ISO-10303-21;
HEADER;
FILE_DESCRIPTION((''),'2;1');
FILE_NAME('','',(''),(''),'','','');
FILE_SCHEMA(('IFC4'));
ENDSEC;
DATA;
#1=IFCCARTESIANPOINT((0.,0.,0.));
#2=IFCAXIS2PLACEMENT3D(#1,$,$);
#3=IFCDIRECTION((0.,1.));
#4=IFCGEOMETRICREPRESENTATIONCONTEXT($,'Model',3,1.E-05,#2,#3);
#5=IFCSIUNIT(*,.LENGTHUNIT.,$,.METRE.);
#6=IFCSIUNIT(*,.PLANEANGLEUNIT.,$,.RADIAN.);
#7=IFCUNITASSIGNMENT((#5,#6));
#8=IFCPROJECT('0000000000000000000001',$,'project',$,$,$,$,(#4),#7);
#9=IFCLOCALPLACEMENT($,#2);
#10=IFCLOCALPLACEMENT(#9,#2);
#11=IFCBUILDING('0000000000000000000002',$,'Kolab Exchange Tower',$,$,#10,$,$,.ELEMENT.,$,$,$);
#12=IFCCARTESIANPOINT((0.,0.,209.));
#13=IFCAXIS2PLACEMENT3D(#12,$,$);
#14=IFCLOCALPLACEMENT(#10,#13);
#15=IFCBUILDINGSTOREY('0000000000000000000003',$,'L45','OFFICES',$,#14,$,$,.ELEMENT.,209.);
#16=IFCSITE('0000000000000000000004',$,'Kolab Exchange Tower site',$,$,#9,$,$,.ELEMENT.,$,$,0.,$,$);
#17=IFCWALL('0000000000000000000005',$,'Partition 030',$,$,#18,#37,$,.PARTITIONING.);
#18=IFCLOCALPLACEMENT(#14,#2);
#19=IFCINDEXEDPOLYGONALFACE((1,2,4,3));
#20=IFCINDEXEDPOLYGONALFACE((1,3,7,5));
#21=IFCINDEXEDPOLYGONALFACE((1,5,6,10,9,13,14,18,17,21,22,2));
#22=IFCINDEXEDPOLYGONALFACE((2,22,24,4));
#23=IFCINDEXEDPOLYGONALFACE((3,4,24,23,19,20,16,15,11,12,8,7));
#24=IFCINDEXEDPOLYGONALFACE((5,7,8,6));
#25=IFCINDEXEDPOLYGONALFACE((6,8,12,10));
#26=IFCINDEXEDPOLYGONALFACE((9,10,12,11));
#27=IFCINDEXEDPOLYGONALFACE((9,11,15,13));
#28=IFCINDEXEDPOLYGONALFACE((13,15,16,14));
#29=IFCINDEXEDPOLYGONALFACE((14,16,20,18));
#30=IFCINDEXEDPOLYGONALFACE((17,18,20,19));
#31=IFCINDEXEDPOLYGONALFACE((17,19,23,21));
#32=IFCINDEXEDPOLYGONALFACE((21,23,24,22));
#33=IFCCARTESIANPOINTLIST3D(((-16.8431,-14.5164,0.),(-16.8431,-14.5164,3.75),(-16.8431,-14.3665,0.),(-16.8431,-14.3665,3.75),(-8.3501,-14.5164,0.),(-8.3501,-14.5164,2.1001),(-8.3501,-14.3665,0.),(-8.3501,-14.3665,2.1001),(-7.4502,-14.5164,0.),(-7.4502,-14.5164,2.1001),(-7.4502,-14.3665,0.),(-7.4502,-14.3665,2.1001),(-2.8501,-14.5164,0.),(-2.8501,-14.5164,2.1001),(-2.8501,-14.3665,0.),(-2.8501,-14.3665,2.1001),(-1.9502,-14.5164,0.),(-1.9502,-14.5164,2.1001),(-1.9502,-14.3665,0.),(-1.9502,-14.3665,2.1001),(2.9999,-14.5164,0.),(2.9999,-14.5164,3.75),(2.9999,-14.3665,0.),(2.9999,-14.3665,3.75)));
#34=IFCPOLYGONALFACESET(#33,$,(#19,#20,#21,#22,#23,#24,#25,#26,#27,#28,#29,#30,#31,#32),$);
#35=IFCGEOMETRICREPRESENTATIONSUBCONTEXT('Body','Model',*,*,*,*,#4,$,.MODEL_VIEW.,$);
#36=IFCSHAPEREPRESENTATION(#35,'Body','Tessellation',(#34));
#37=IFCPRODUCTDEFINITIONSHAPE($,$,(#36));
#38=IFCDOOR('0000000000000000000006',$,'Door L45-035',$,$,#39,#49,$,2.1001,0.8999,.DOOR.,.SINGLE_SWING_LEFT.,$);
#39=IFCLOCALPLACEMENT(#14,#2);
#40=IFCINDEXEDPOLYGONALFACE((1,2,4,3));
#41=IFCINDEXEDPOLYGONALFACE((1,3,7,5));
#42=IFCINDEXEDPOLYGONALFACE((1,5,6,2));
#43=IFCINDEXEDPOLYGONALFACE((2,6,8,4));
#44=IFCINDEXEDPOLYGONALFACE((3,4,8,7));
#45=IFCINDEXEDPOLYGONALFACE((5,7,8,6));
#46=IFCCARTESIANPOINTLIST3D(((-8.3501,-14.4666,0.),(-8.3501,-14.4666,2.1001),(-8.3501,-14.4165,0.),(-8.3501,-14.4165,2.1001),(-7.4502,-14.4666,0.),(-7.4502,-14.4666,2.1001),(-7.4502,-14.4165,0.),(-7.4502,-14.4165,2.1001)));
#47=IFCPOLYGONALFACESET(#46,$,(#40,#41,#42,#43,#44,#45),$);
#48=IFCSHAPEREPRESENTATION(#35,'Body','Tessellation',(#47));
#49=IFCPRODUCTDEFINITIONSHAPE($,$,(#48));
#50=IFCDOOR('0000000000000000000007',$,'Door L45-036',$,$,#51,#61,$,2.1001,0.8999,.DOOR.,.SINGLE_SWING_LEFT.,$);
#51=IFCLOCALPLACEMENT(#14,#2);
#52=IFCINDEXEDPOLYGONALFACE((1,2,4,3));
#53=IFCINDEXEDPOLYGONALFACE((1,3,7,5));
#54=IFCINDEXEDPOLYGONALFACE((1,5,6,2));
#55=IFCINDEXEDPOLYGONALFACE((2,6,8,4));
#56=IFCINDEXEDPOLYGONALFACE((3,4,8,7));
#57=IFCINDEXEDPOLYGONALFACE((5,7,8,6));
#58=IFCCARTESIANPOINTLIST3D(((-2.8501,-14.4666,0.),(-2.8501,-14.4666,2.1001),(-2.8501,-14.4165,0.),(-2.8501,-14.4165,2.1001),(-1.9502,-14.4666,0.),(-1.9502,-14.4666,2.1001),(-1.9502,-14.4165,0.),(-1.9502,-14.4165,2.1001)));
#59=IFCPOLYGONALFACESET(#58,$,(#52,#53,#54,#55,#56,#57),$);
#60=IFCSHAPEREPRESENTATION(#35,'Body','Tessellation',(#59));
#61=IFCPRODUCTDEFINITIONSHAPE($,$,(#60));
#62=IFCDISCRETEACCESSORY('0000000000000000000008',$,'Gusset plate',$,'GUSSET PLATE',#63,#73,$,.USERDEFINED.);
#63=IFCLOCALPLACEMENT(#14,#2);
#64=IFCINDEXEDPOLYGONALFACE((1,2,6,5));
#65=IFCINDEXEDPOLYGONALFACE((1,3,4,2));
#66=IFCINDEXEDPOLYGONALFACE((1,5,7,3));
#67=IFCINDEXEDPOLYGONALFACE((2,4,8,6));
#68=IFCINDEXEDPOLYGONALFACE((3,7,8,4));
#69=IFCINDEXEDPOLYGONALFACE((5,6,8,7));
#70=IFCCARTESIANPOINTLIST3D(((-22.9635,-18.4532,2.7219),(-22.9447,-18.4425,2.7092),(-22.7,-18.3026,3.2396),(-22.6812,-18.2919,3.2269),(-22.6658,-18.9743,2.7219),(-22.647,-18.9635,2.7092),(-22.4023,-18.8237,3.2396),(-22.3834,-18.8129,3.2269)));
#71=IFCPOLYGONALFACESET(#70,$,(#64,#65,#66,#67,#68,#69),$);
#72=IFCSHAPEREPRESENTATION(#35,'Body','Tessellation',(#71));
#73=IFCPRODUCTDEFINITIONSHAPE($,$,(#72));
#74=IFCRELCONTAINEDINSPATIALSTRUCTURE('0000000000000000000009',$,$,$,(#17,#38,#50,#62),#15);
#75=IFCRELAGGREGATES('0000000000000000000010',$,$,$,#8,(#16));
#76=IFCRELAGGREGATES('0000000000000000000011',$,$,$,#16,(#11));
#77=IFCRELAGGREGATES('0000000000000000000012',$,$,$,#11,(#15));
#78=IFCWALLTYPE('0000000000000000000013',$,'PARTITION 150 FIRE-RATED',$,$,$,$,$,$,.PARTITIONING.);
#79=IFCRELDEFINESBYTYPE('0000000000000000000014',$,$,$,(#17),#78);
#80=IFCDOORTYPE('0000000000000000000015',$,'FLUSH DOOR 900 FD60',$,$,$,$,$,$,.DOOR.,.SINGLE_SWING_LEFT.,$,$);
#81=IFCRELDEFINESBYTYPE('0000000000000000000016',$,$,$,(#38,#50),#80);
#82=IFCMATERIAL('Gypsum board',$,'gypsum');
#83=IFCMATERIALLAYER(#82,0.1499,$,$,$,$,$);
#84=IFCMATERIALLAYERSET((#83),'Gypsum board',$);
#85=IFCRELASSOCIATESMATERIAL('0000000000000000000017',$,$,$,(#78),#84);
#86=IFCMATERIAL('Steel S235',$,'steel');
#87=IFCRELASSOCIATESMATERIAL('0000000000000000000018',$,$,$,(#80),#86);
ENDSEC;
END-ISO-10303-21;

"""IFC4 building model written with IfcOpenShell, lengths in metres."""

from ifc_helpers import new_model, si_unit, direction, frame, frame_2d, origin, origin_2d, place, context, subcontext, project, spatial, rectangle, extrude, material, layer, layer_set, type_object, element, fill, save


model = new_model("IFC4")

# Units and contexts
model_context = context("Model", 3, precision=1e-05, world=origin(), true_north=direction((0.0, 1.0)))
body_context = subcontext(model_context, "Body", "Model", "MODEL_VIEW")
ifc_project = project(units=[si_unit("LENGTHUNIT", "METRE"), si_unit("PLANEANGLEUNIT", "RADIAN")], contexts=[model_context])

# Site, building, storey
site_placement = place(None, origin())
site = spatial("IfcSite", under=ifc_project, at=site_placement, Name="Kolab Exchange Tower site", CompositionType="ELEMENT", RefElevation=0.0)
building_placement = place(site_placement, origin())
building = spatial("IfcBuilding", under=site, at=building_placement, Name="Kolab Exchange Tower", CompositionType="ELEMENT")
storey_placement = place(building_placement, frame((0.0, 0.0, 209.0)))
storey = spatial("IfcBuildingStorey", under=building, at=storey_placement, Name="L45", Description="OFFICES", CompositionType="ELEMENT", Elevation=209.0)

# Wall, openings, doors
ifc_material_1 = material(Name="Gypsum board", Category="gypsum")
ifc_layer_1 = layer(ifc_material_1, 0.1499)
ifc_layer_set_1 = layer_set([ifc_layer_1], Name="Gypsum board")
wall_type_1 = type_object("IfcWallType", Name="PARTITION 150 FIRE-RATED", PredefinedType="PARTITIONING", material=ifc_layer_set_1)
ifc_material_2 = material(Name="Steel S235", Category="steel")
wall_1_placement = place(storey_placement, frame((-16.843, -14.4414, 0.0), z_axis=(0.0, 0.0, 1.0), x_axis=(1.0, 0.0, 0.0)))
wall_1 = element("IfcWall", 1, at=wall_1_placement, inside=storey, type_object=wall_type_1, Name="Partition 030", PredefinedType="PARTITIONING", context=body_context, shape_type="SweptSolid", body=[
    extrude(rectangle(XDim=19.843, YDim=0.1499, at=frame_2d((9.9214, 0.0))), origin(), (0.0, 0.0, 1.0), 3.75),
])
opening_1_placement = place(wall_1_placement, frame((8.4929, 0.0, 0.0)))
opening_1 = element("IfcOpeningElement", 2, at=opening_1_placement, cuts=wall_1, PredefinedType="OPENING", context=body_context, shape_type="SweptSolid", body=[
    extrude(rectangle(XDim=0.8999, YDim=2.1001, at=frame_2d((0.45, 1.05))), frame((0.0, 0.085, 0.0), z_axis=(0.0, -1.0, 0.0), x_axis=(1.0, 0.0, 0.0)), (0.0, 0.0, 1.0), 0.1699),
])
opening_2_placement = place(wall_1_placement, frame((13.9929, 0.0, 0.0)))
opening_2 = element("IfcOpeningElement", 3, at=opening_2_placement, cuts=wall_1, PredefinedType="OPENING", context=body_context, shape_type="SweptSolid", body=[
    extrude(rectangle(XDim=0.8999, YDim=2.1001, at=frame_2d((0.45, 1.05))), frame((0.0, 0.085, 0.0), z_axis=(0.0, -1.0, 0.0), x_axis=(1.0, 0.0, 0.0)), (0.0, 0.0, 1.0), 0.1699),
])
door_type_1 = type_object("IfcDoorType", Name="FLUSH DOOR 900 FD60", OperationType="SINGLE_SWING_LEFT", PredefinedType="DOOR", material=ifc_material_2)
door_1_placement = place(opening_1_placement, origin())
door_1 = element("IfcDoor", 4, at=door_1_placement, inside=storey, type_object=door_type_1, Name="Door L45-035", OperationType="SINGLE_SWING_LEFT", OverallHeight=2.1001, OverallWidth=0.8999, PredefinedType="DOOR", context=body_context, shape_type="SweptSolid", body=[
    extrude(rectangle(XDim=0.8999, YDim=2.1001, at=frame_2d((0.45, 1.05))), frame((0.0, 0.0249, 0.0), z_axis=(0.0, -1.0, 0.0), x_axis=(1.0, 0.0, 0.0)), (0.0, 0.0, 1.0), 0.05),
])
fill(opening_1, door_1)
door_2_placement = place(opening_2_placement, origin())
door_2 = element("IfcDoor", 5, at=door_2_placement, inside=storey, type_object=door_type_1, Name="Door L45-036", OperationType="SINGLE_SWING_LEFT", OverallHeight=2.1001, OverallWidth=0.8999, PredefinedType="DOOR", context=body_context, shape_type="SweptSolid", body=[
    extrude(rectangle(XDim=0.8999, YDim=2.1001, at=frame_2d((0.45, 1.05))), frame((0.0, 0.0249, 0.0), z_axis=(0.0, -1.0, 0.0), x_axis=(1.0, 0.0, 0.0)), (0.0, 0.0, 1.0), 0.05),
])
fill(opening_2, door_2)

# Discrete accessory
discrete_accessory_placement = place(storey_placement, frame((-22.6641, -18.6277, 2.968), z_axis=(-0.748986, -0.427992, 0.505809), x_axis=(0.496139, -0.868243, 0.0)))
element("IfcDiscreteAccessory", 6, at=discrete_accessory_placement, inside=storey, Name="Gusset plate", ObjectType="GUSSET PLATE", PredefinedType="USERDEFINED", context=body_context, shape_type="SweptSolid", body=[
    extrude(rectangle(XDim=0.6001, YDim=0.6001, at=origin_2d()), origin(), (0.0, 0.0, 1.0), 0.0251),
])

save(model, "model.ifc")
